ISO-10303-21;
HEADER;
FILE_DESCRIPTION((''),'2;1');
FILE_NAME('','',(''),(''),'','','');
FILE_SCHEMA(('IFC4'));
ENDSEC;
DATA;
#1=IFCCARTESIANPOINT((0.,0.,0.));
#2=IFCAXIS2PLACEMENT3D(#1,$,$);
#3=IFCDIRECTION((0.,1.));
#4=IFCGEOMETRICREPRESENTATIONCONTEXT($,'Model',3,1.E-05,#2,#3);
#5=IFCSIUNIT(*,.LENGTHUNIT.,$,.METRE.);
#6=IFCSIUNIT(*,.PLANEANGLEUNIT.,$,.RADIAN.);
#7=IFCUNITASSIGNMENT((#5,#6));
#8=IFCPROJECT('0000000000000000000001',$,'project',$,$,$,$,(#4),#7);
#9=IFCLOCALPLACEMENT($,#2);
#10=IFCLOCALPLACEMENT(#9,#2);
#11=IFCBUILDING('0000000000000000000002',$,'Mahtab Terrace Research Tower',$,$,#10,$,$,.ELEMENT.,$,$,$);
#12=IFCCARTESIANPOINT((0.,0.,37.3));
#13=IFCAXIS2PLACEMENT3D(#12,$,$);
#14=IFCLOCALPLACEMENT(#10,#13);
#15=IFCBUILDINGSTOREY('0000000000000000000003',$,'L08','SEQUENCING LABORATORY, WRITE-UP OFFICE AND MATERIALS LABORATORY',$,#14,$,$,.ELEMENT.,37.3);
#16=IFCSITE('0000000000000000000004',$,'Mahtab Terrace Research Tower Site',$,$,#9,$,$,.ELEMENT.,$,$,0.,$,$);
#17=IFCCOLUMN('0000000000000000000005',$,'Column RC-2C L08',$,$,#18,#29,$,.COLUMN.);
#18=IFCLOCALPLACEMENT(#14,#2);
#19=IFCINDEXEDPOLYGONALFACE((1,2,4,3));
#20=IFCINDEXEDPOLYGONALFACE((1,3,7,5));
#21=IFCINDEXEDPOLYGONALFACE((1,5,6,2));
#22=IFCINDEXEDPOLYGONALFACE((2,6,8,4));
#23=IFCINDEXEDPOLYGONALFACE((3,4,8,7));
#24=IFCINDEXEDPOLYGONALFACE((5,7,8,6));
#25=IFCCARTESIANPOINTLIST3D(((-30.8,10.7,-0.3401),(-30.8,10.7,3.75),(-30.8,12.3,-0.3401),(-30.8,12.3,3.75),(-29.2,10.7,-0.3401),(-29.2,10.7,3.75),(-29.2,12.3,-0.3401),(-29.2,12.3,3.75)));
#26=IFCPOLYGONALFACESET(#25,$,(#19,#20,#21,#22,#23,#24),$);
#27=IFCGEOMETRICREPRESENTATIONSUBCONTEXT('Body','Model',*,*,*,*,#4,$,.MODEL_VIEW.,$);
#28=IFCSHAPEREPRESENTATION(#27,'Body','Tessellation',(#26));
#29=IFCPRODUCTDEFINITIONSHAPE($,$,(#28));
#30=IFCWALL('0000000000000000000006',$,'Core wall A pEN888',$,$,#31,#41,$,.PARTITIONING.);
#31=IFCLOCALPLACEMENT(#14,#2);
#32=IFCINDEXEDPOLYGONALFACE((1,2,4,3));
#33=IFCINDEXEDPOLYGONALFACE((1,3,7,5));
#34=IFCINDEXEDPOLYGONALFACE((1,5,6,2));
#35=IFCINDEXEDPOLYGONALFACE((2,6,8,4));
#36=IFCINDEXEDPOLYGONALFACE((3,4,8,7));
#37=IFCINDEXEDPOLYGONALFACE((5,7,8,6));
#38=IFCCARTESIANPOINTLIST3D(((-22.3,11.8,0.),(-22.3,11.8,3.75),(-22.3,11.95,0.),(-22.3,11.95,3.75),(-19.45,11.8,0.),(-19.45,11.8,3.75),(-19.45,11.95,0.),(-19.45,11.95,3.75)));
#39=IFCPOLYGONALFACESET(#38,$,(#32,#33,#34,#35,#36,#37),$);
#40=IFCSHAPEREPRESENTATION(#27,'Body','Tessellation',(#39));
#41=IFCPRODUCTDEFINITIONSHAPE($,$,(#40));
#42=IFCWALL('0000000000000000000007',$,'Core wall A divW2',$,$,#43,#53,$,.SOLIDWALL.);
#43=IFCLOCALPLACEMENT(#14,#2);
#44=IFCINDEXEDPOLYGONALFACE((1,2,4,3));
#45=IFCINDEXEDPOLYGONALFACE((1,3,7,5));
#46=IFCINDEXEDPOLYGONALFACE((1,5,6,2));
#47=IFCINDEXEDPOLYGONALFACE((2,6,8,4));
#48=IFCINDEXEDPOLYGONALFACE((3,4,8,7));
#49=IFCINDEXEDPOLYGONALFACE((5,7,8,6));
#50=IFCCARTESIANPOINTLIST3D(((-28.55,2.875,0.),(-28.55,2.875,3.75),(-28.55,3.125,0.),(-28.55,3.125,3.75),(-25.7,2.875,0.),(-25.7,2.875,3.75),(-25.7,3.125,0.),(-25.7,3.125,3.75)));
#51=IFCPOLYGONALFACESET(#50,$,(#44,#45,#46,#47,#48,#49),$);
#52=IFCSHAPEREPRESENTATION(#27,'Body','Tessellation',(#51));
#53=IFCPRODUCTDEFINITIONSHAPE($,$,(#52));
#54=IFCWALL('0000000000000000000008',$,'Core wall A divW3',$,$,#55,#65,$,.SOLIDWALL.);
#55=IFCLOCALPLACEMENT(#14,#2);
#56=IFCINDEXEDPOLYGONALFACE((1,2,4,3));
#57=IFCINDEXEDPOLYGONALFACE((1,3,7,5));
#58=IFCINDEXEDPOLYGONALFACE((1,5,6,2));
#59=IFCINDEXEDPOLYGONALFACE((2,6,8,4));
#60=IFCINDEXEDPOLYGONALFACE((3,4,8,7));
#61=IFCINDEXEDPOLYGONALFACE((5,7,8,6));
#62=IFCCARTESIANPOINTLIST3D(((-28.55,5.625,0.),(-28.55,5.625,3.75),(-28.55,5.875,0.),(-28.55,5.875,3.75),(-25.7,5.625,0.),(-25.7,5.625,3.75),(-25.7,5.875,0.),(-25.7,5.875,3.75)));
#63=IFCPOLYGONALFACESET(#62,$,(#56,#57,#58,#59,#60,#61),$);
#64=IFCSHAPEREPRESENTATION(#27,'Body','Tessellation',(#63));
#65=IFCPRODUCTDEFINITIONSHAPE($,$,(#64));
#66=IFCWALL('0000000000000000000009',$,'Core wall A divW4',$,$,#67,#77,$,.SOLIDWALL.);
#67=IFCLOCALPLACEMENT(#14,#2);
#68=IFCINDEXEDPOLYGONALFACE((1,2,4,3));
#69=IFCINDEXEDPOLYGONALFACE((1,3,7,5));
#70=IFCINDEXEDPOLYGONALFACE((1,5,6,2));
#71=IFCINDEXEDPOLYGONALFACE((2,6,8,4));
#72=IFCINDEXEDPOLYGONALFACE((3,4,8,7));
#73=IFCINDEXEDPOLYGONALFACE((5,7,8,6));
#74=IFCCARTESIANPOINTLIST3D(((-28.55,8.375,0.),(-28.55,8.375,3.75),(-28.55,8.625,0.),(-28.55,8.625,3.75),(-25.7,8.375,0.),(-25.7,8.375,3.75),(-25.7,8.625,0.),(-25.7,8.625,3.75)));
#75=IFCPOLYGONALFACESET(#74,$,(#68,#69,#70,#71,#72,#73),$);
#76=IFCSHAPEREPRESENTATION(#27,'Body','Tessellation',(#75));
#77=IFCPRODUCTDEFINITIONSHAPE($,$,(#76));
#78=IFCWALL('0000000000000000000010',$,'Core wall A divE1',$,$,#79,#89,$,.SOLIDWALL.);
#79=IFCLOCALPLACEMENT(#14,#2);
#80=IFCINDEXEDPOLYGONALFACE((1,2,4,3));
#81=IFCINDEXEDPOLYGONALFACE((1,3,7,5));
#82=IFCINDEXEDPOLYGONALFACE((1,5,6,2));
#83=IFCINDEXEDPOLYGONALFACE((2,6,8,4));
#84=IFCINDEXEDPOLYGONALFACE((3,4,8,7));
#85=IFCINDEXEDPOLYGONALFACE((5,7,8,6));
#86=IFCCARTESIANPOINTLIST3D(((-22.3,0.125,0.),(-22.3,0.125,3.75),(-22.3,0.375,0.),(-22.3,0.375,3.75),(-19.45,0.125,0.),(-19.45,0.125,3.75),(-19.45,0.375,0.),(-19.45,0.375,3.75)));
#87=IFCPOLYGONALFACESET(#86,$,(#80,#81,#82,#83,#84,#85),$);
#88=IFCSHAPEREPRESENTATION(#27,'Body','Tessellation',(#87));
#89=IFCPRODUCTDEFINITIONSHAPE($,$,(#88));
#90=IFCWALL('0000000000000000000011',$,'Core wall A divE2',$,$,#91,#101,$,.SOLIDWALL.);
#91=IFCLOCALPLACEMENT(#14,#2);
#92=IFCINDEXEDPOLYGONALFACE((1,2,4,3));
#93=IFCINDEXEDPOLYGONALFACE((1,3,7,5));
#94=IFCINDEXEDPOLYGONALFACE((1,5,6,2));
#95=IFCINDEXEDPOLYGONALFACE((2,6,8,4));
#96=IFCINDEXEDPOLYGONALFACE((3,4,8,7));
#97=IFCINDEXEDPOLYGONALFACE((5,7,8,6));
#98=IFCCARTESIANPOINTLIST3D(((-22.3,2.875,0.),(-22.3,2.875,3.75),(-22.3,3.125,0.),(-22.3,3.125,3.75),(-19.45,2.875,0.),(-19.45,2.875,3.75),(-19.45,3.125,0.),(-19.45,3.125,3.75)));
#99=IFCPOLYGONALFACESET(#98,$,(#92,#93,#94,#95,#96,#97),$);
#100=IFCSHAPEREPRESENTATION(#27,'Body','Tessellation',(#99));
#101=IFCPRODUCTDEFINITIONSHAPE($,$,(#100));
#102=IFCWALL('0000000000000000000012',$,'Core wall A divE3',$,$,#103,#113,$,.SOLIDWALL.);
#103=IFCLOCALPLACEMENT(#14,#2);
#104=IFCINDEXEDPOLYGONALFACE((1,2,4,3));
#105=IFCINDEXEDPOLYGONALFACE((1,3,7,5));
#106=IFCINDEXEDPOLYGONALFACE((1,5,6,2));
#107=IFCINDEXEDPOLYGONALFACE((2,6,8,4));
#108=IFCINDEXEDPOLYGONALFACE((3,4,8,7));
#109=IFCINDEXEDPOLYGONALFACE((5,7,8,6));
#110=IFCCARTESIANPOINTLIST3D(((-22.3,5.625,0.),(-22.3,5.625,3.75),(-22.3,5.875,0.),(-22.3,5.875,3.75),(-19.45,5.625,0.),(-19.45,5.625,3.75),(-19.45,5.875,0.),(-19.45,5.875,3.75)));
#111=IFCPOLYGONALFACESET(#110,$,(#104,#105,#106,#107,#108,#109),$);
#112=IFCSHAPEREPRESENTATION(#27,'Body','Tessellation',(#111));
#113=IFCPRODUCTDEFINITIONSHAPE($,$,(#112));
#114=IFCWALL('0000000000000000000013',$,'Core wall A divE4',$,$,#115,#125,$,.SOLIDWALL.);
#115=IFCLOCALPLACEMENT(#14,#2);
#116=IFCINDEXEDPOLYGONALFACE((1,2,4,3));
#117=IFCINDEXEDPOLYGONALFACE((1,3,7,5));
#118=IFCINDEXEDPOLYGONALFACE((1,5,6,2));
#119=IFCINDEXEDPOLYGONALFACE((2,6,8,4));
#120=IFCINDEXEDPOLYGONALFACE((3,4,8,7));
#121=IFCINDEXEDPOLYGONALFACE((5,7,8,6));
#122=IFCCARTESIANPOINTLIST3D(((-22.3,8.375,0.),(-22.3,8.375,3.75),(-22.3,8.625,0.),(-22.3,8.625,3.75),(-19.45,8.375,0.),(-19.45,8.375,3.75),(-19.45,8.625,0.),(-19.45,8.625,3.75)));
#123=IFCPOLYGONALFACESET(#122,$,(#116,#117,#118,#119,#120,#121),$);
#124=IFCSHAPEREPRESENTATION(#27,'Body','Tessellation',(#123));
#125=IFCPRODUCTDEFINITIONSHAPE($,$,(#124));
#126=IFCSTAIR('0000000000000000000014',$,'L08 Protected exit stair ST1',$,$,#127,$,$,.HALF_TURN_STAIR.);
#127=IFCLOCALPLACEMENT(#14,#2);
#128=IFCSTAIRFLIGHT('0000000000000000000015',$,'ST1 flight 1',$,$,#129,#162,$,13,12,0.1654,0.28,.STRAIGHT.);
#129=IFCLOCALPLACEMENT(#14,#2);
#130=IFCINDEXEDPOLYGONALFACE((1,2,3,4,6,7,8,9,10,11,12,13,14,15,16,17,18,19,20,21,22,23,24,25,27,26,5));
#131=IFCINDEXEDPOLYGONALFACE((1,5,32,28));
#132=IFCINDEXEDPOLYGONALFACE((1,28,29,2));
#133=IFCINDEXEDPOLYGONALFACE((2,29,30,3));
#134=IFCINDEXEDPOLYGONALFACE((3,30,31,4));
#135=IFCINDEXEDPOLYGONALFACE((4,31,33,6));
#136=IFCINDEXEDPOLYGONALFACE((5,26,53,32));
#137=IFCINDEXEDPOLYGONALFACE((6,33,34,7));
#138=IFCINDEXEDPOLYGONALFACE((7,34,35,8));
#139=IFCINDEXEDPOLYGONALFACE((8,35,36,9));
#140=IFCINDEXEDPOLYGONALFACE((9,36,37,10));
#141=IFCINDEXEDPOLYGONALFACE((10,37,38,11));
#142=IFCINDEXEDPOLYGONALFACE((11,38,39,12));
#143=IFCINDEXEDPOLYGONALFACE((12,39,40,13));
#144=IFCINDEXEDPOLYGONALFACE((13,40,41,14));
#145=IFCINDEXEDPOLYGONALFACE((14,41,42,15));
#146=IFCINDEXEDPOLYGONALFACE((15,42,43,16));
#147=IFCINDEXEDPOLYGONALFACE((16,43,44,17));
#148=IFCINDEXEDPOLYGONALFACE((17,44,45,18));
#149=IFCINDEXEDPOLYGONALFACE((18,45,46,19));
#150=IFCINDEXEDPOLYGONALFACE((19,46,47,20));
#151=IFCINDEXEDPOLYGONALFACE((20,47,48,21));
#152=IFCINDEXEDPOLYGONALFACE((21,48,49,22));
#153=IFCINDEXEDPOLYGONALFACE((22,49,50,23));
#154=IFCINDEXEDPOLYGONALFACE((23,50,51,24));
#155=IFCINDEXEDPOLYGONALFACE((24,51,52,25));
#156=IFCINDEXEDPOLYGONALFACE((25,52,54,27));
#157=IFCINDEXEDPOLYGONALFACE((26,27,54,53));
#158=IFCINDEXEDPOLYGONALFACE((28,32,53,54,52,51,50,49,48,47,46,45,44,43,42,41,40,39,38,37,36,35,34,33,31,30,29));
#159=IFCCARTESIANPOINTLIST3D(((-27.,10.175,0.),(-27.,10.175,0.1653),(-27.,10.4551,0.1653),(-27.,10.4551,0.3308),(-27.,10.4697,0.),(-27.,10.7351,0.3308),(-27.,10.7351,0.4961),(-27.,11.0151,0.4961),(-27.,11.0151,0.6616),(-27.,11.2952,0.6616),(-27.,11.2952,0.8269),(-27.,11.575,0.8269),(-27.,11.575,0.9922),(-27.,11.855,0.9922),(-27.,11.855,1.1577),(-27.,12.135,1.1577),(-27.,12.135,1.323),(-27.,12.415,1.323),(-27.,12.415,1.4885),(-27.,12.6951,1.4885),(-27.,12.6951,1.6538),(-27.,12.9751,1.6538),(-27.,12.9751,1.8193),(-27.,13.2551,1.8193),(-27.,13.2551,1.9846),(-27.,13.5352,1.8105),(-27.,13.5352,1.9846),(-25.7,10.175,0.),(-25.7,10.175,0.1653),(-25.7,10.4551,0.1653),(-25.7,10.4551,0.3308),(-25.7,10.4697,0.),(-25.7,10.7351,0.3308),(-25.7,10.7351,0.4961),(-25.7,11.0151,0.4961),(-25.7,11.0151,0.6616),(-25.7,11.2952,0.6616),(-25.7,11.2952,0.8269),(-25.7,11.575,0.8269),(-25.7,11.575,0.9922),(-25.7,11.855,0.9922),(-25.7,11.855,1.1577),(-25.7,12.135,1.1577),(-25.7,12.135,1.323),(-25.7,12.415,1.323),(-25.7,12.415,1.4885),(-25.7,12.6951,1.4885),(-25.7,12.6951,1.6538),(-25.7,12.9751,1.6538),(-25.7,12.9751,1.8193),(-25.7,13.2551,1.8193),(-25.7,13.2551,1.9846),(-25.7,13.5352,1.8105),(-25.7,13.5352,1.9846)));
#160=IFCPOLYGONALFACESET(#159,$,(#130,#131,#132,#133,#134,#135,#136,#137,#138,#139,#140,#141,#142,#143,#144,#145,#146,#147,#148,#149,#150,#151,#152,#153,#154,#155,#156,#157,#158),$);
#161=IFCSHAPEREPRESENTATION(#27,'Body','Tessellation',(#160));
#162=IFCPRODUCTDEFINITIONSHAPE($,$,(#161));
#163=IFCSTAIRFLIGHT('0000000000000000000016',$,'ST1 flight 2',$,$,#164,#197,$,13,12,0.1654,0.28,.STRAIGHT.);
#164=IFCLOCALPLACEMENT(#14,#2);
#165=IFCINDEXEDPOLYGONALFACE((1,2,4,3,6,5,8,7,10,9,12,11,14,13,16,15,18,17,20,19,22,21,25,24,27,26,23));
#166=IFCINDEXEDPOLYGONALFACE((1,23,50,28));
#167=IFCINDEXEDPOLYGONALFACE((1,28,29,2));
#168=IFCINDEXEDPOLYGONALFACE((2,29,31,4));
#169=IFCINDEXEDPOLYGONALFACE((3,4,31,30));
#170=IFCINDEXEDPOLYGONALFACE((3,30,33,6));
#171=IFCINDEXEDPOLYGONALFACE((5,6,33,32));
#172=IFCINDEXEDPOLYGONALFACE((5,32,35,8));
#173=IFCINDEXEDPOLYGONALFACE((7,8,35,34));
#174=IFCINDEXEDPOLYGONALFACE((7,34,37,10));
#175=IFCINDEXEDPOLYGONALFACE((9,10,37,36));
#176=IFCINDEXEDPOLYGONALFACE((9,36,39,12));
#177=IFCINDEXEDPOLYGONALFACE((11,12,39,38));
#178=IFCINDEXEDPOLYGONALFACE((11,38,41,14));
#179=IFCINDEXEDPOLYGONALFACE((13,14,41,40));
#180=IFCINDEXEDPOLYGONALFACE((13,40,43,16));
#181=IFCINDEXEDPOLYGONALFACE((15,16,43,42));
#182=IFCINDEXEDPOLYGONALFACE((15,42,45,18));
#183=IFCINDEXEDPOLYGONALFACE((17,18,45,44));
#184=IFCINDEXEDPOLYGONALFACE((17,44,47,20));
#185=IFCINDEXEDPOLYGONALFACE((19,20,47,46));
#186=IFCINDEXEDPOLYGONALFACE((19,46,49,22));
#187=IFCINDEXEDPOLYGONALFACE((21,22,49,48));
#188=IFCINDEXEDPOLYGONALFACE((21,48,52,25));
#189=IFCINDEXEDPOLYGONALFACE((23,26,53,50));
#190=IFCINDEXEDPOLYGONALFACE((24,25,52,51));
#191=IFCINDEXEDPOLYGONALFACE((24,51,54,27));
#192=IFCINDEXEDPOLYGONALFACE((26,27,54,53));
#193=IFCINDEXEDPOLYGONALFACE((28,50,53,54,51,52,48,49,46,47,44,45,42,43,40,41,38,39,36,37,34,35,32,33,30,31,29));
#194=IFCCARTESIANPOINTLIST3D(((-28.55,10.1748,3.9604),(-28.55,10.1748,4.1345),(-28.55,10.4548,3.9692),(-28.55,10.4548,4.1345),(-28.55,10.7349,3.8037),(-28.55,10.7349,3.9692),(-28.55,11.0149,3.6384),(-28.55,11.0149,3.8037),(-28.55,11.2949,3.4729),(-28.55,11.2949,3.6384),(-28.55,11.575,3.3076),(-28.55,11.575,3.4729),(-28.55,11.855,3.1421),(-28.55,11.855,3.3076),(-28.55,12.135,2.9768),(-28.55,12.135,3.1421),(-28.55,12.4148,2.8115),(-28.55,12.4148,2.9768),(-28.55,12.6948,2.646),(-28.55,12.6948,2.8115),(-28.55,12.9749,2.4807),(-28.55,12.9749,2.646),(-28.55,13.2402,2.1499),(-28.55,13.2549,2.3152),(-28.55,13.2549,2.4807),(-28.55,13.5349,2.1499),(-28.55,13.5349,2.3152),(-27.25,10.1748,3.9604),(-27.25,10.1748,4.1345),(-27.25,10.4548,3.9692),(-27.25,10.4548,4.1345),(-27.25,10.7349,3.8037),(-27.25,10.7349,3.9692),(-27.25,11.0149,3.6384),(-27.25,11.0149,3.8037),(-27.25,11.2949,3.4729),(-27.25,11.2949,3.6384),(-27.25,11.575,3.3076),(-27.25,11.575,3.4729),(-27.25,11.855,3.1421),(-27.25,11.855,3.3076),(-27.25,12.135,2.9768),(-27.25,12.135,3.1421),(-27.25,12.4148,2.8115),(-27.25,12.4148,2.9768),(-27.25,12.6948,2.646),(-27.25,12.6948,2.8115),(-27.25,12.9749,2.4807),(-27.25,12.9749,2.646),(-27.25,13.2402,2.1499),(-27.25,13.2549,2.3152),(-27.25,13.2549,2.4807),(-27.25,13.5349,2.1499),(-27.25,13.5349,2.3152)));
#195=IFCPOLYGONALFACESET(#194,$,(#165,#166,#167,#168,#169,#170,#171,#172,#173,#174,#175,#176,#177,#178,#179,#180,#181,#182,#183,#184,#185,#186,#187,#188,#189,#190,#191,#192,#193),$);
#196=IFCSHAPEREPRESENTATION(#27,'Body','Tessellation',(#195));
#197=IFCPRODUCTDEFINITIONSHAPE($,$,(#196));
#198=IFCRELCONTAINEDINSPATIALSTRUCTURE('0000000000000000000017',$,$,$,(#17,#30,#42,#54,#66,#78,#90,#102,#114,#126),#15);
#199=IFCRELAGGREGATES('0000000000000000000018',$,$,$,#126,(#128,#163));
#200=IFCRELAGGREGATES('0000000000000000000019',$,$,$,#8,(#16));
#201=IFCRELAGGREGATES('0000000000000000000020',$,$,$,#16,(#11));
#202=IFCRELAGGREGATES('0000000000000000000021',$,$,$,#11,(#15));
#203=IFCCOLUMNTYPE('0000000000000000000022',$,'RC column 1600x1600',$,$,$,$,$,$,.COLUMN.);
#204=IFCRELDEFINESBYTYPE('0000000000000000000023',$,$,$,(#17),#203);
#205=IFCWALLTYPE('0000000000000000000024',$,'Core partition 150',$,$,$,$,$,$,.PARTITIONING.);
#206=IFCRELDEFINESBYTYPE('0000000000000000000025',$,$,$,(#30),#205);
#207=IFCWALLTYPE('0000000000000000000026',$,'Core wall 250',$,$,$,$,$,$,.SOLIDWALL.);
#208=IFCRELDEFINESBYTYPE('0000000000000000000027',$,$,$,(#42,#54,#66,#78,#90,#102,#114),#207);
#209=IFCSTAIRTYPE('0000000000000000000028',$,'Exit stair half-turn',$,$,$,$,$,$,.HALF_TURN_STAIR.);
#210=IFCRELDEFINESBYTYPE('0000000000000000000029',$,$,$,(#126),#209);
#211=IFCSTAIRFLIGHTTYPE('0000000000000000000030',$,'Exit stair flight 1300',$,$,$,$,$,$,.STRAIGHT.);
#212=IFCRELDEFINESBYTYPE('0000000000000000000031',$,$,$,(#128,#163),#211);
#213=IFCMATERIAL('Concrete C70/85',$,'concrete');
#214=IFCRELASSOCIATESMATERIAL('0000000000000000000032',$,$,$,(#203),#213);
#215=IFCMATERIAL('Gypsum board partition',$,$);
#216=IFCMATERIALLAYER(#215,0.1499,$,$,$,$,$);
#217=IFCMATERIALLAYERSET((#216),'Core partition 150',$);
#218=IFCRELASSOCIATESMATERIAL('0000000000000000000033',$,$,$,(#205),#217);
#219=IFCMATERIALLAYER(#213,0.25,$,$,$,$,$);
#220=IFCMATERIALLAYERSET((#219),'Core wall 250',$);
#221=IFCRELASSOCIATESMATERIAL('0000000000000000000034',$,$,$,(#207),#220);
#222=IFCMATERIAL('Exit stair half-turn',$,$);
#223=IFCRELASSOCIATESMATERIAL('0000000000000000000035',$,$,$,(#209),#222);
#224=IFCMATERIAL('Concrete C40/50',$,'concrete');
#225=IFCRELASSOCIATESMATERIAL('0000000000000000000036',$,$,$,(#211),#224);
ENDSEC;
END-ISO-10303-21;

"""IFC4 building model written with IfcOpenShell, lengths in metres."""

from ifc_helpers import new_model, si_unit, direction, frame, frame_2d, origin, origin_2d, place, context, subcontext, project, spatial, polyline, rectangle, outline, extrude, material, layer, layer_set, material_profile, profile_set, type_object, element, aggregate, save


model = new_model("IFC4")

# Units and contexts
model_context = context("Model", 3, precision=1e-05, world=origin(), true_north=direction((0.0, 1.0)))
body_context = subcontext(model_context, "Body", "Model", "MODEL_VIEW")
ifc_project = project(units=[si_unit("LENGTHUNIT", "METRE"), si_unit("PLANEANGLEUNIT", "RADIAN")], contexts=[model_context])

# Site, building, storey
site_placement = place(None, origin())
site = spatial("IfcSite", under=ifc_project, at=site_placement, Name="Mahtab Terrace Research Tower Site", CompositionType="ELEMENT", RefElevation=0.0)
building_placement = place(site_placement, origin())
building = spatial("IfcBuilding", under=site, at=building_placement, Name="Mahtab Terrace Research Tower", CompositionType="ELEMENT")
storey_placement = place(building_placement, frame((0.0, 0.0, 37.3)))
storey = spatial("IfcBuildingStorey", under=building, at=storey_placement, Name="L08", Description="SEQUENCING LABORATORY, WRITE-UP OFFICE AND MATERIALS LABORATORY", CompositionType="ELEMENT", Elevation=37.3)

# Column
ifc_material_1 = material(Name="Concrete C70/85", Category="concrete")
ifc_material_profile = material_profile(ifc_material_1, rectangle(XDim=1.6001, YDim=1.6001, at=origin_2d()), Name="RC column 1600x1600")
ifc_profile_set = profile_set([ifc_material_profile], Name="Concrete C70/85")
column_type = type_object("IfcColumnType", Name="RC column 1600x1600", PredefinedType="COLUMN", material=ifc_profile_set)
column_placement = place(storey_placement, frame((-30.0, 11.5, -0.3401), z_axis=(0.0, 0.0, 1.0), x_axis=(1.0, 0.0, 0.0)))
element("IfcColumn", 1, at=column_placement, inside=storey, type_object=column_type, Name="Column RC-2C L08", PredefinedType="COLUMN", context=body_context, shape_type="SweptSolid", body=[
    extrude(rectangle(XDim=1.6001, YDim=1.6001, at=origin_2d()), origin(), (0.0, 0.0, 1.0), 4.0901),
])

# Walls
ifc_material_2 = material(Name="Gypsum board partition")
ifc_layer_1 = layer(ifc_material_2, 0.1499)
ifc_layer_set_1 = layer_set([ifc_layer_1], Name="Core partition 150")
wall_type_1 = type_object("IfcWallType", Name="Core partition 150", PredefinedType="PARTITIONING", material=ifc_layer_set_1)
wall_placement = place(storey_placement, frame((-22.3, 11.875, 0.0), z_axis=(0.0, 0.0, 1.0), x_axis=(1.0, 0.0, 0.0)))
element("IfcWall", 2, at=wall_placement, inside=storey, type_object=wall_type_1, Name="Core wall A pEN888", PredefinedType="PARTITIONING", context=body_context, shape_type="SweptSolid", body=[
    extrude(rectangle(XDim=2.8501, YDim=0.1499, at=frame_2d((1.425, 0.0))), origin(), (0.0, 0.0, 1.0), 3.75),
])
ifc_layer_2 = layer(ifc_material_1, 0.25)
ifc_layer_set_2 = layer_set([ifc_layer_2], Name="Core wall 250")
wall_type_2 = type_object("IfcWallType", Name="Core wall 250", PredefinedType="SOLIDWALL", material=ifc_layer_set_2)
for number, where, z_axis, x_axis, name in (
    (3, (-28.55, 3.0, 0.0), (0.0, 0.0, 1.0), (1.0, 0.0, 0.0), "Core wall A divW2"),
    (4, (-28.55, 5.75, 0.0), (0.0, 0.0, 1.0), (1.0, 0.0, 0.0), "Core wall A divW3"),
    (5, (-28.55, 8.5, 0.0), (0.0, 0.0, 1.0), (1.0, 0.0, 0.0), "Core wall A divW4"),
    (6, (-22.3, 0.25, 0.0), (0.0, 0.0, 1.0), (1.0, 0.0, 0.0), "Core wall A divE1"),
    (7, (-22.3, 3.0, 0.0), (0.0, 0.0, 1.0), (1.0, 0.0, 0.0), "Core wall A divE2"),
    (8, (-22.3, 5.75, 0.0), (0.0, 0.0, 1.0), (1.0, 0.0, 0.0), "Core wall A divE3"),
    (9, (-22.3, 8.5, 0.0), (0.0, 0.0, 1.0), (1.0, 0.0, 0.0), "Core wall A divE4"),
):
    element("IfcWall", number, at=place(storey_placement, frame(where, z_axis=z_axis, x_axis=x_axis)), inside=storey, type_object=wall_type_2, Name=name, PredefinedType="SOLIDWALL", context=body_context, shape_type="SweptSolid", body=[
        extrude(rectangle(XDim=2.8501, YDim=0.25, at=frame_2d((1.425, 0.0))), origin(), (0.0, 0.0, 1.0), 3.75),
    ])

# Stair, stair flights
ifc_material_3 = material(Name="Exit stair half-turn")
stair_type = type_object("IfcStairType", Name="Exit stair half-turn", PredefinedType="HALF_TURN_STAIR", material=ifc_material_3)
stair_placement = place(storey_placement, origin())
stair = element("IfcStair", 10, at=stair_placement, inside=storey, type_object=stair_type, Name="L08 Protected exit stair ST1", PredefinedType="HALF_TURN_STAIR")
ifc_material_4 = material(Name="Concrete C40/50", Category="concrete")
stair_flight_type = type_object("IfcStairFlightType", Name="Exit stair flight 1300", PredefinedType="STRAIGHT", material=ifc_material_4)
stair_flight_1_placement = place(storey_placement, frame((-26.3501, 10.175, 0.0), z_axis=(0.0, 0.0, 1.0), x_axis=(0.0, 1.0, 0.0)))
stair_flight_1 = element("IfcStairFlight", 11, at=stair_flight_1_placement, type_object=stair_flight_type, Name="ST1 flight 1", NumberOfRisers=13, NumberOfTreads=12, PredefinedType="STRAIGHT", RiserHeight=0.1654, TreadLength=0.28, context=body_context, shape_type="SweptSolid", body=[
    extrude(outline(polyline([(0.0, 0.0), (0.0, 0.1653), (0.28, 0.1653), (0.28, 0.3308), (0.5601, 0.3308), (0.5601, 0.4961), (0.8401, 0.4961), (0.8401, 0.6616), (1.1201, 0.6616), (1.1201, 0.8269), (1.3999, 0.8269), (1.3999, 0.9922), (1.6799, 0.9922), (1.6799, 1.1577), (1.96, 1.1577), (1.96, 1.323), (2.24, 1.323), (2.24, 1.4885), (2.52, 1.4885), (2.52, 1.6538), (2.8, 1.6538), (2.8, 1.8193), (3.0801, 1.8193), (3.0801, 1.9846), (3.3601, 1.9846), (3.3601, 2.1499), (3.3601, 1.8105), (0.2947, 0.0), (0.0, 0.0)])), frame((0.0, 0.6499, 0.0), z_axis=(0.0, -1.0, 0.0), x_axis=(1.0, 0.0, 0.0)), (0.0, 0.0, 1.0), 1.3),
])
stair_flight_2_placement = place(storey_placement, frame((-27.8999, 13.5349, 2.1499), z_axis=(0.0, 0.0, 1.0), x_axis=(0.0, -1.0, 0.0)))
stair_flight_2 = element("IfcStairFlight", 12, at=stair_flight_2_placement, type_object=stair_flight_type, Name="ST1 flight 2", NumberOfRisers=13, NumberOfTreads=12, PredefinedType="STRAIGHT", RiserHeight=0.1654, TreadLength=0.28, context=body_context, shape_type="SweptSolid", body=[
    extrude(outline(polyline([(0.0, 0.0), (0.0, 0.1653), (0.28, 0.1653), (0.28, 0.3308), (0.5601, 0.3308), (0.5601, 0.4961), (0.8401, 0.4961), (0.8401, 0.6616), (1.1201, 0.6616), (1.1201, 0.8269), (1.3999, 0.8269), (1.3999, 0.9922), (1.6799, 0.9922), (1.6799, 1.1577), (1.96, 1.1577), (1.96, 1.323), (2.24, 1.323), (2.24, 1.4885), (2.52, 1.4885), (2.52, 1.6538), (2.8, 1.6538), (2.8, 1.8193), (3.0801, 1.8193), (3.0801, 1.9846), (3.3601, 1.9846), (3.3601, 2.1499), (3.3601, 1.8105), (0.2947, 0.0), (0.0, 0.0)])), frame((0.0, 0.6499, 0.0), z_axis=(0.0, -1.0, 0.0), x_axis=(1.0, 0.0, 0.0)), (0.0, 0.0, 1.0), 1.3),
])
aggregate(stair, [stair_flight_1, stair_flight_2])

save(model, "model.ifc")
